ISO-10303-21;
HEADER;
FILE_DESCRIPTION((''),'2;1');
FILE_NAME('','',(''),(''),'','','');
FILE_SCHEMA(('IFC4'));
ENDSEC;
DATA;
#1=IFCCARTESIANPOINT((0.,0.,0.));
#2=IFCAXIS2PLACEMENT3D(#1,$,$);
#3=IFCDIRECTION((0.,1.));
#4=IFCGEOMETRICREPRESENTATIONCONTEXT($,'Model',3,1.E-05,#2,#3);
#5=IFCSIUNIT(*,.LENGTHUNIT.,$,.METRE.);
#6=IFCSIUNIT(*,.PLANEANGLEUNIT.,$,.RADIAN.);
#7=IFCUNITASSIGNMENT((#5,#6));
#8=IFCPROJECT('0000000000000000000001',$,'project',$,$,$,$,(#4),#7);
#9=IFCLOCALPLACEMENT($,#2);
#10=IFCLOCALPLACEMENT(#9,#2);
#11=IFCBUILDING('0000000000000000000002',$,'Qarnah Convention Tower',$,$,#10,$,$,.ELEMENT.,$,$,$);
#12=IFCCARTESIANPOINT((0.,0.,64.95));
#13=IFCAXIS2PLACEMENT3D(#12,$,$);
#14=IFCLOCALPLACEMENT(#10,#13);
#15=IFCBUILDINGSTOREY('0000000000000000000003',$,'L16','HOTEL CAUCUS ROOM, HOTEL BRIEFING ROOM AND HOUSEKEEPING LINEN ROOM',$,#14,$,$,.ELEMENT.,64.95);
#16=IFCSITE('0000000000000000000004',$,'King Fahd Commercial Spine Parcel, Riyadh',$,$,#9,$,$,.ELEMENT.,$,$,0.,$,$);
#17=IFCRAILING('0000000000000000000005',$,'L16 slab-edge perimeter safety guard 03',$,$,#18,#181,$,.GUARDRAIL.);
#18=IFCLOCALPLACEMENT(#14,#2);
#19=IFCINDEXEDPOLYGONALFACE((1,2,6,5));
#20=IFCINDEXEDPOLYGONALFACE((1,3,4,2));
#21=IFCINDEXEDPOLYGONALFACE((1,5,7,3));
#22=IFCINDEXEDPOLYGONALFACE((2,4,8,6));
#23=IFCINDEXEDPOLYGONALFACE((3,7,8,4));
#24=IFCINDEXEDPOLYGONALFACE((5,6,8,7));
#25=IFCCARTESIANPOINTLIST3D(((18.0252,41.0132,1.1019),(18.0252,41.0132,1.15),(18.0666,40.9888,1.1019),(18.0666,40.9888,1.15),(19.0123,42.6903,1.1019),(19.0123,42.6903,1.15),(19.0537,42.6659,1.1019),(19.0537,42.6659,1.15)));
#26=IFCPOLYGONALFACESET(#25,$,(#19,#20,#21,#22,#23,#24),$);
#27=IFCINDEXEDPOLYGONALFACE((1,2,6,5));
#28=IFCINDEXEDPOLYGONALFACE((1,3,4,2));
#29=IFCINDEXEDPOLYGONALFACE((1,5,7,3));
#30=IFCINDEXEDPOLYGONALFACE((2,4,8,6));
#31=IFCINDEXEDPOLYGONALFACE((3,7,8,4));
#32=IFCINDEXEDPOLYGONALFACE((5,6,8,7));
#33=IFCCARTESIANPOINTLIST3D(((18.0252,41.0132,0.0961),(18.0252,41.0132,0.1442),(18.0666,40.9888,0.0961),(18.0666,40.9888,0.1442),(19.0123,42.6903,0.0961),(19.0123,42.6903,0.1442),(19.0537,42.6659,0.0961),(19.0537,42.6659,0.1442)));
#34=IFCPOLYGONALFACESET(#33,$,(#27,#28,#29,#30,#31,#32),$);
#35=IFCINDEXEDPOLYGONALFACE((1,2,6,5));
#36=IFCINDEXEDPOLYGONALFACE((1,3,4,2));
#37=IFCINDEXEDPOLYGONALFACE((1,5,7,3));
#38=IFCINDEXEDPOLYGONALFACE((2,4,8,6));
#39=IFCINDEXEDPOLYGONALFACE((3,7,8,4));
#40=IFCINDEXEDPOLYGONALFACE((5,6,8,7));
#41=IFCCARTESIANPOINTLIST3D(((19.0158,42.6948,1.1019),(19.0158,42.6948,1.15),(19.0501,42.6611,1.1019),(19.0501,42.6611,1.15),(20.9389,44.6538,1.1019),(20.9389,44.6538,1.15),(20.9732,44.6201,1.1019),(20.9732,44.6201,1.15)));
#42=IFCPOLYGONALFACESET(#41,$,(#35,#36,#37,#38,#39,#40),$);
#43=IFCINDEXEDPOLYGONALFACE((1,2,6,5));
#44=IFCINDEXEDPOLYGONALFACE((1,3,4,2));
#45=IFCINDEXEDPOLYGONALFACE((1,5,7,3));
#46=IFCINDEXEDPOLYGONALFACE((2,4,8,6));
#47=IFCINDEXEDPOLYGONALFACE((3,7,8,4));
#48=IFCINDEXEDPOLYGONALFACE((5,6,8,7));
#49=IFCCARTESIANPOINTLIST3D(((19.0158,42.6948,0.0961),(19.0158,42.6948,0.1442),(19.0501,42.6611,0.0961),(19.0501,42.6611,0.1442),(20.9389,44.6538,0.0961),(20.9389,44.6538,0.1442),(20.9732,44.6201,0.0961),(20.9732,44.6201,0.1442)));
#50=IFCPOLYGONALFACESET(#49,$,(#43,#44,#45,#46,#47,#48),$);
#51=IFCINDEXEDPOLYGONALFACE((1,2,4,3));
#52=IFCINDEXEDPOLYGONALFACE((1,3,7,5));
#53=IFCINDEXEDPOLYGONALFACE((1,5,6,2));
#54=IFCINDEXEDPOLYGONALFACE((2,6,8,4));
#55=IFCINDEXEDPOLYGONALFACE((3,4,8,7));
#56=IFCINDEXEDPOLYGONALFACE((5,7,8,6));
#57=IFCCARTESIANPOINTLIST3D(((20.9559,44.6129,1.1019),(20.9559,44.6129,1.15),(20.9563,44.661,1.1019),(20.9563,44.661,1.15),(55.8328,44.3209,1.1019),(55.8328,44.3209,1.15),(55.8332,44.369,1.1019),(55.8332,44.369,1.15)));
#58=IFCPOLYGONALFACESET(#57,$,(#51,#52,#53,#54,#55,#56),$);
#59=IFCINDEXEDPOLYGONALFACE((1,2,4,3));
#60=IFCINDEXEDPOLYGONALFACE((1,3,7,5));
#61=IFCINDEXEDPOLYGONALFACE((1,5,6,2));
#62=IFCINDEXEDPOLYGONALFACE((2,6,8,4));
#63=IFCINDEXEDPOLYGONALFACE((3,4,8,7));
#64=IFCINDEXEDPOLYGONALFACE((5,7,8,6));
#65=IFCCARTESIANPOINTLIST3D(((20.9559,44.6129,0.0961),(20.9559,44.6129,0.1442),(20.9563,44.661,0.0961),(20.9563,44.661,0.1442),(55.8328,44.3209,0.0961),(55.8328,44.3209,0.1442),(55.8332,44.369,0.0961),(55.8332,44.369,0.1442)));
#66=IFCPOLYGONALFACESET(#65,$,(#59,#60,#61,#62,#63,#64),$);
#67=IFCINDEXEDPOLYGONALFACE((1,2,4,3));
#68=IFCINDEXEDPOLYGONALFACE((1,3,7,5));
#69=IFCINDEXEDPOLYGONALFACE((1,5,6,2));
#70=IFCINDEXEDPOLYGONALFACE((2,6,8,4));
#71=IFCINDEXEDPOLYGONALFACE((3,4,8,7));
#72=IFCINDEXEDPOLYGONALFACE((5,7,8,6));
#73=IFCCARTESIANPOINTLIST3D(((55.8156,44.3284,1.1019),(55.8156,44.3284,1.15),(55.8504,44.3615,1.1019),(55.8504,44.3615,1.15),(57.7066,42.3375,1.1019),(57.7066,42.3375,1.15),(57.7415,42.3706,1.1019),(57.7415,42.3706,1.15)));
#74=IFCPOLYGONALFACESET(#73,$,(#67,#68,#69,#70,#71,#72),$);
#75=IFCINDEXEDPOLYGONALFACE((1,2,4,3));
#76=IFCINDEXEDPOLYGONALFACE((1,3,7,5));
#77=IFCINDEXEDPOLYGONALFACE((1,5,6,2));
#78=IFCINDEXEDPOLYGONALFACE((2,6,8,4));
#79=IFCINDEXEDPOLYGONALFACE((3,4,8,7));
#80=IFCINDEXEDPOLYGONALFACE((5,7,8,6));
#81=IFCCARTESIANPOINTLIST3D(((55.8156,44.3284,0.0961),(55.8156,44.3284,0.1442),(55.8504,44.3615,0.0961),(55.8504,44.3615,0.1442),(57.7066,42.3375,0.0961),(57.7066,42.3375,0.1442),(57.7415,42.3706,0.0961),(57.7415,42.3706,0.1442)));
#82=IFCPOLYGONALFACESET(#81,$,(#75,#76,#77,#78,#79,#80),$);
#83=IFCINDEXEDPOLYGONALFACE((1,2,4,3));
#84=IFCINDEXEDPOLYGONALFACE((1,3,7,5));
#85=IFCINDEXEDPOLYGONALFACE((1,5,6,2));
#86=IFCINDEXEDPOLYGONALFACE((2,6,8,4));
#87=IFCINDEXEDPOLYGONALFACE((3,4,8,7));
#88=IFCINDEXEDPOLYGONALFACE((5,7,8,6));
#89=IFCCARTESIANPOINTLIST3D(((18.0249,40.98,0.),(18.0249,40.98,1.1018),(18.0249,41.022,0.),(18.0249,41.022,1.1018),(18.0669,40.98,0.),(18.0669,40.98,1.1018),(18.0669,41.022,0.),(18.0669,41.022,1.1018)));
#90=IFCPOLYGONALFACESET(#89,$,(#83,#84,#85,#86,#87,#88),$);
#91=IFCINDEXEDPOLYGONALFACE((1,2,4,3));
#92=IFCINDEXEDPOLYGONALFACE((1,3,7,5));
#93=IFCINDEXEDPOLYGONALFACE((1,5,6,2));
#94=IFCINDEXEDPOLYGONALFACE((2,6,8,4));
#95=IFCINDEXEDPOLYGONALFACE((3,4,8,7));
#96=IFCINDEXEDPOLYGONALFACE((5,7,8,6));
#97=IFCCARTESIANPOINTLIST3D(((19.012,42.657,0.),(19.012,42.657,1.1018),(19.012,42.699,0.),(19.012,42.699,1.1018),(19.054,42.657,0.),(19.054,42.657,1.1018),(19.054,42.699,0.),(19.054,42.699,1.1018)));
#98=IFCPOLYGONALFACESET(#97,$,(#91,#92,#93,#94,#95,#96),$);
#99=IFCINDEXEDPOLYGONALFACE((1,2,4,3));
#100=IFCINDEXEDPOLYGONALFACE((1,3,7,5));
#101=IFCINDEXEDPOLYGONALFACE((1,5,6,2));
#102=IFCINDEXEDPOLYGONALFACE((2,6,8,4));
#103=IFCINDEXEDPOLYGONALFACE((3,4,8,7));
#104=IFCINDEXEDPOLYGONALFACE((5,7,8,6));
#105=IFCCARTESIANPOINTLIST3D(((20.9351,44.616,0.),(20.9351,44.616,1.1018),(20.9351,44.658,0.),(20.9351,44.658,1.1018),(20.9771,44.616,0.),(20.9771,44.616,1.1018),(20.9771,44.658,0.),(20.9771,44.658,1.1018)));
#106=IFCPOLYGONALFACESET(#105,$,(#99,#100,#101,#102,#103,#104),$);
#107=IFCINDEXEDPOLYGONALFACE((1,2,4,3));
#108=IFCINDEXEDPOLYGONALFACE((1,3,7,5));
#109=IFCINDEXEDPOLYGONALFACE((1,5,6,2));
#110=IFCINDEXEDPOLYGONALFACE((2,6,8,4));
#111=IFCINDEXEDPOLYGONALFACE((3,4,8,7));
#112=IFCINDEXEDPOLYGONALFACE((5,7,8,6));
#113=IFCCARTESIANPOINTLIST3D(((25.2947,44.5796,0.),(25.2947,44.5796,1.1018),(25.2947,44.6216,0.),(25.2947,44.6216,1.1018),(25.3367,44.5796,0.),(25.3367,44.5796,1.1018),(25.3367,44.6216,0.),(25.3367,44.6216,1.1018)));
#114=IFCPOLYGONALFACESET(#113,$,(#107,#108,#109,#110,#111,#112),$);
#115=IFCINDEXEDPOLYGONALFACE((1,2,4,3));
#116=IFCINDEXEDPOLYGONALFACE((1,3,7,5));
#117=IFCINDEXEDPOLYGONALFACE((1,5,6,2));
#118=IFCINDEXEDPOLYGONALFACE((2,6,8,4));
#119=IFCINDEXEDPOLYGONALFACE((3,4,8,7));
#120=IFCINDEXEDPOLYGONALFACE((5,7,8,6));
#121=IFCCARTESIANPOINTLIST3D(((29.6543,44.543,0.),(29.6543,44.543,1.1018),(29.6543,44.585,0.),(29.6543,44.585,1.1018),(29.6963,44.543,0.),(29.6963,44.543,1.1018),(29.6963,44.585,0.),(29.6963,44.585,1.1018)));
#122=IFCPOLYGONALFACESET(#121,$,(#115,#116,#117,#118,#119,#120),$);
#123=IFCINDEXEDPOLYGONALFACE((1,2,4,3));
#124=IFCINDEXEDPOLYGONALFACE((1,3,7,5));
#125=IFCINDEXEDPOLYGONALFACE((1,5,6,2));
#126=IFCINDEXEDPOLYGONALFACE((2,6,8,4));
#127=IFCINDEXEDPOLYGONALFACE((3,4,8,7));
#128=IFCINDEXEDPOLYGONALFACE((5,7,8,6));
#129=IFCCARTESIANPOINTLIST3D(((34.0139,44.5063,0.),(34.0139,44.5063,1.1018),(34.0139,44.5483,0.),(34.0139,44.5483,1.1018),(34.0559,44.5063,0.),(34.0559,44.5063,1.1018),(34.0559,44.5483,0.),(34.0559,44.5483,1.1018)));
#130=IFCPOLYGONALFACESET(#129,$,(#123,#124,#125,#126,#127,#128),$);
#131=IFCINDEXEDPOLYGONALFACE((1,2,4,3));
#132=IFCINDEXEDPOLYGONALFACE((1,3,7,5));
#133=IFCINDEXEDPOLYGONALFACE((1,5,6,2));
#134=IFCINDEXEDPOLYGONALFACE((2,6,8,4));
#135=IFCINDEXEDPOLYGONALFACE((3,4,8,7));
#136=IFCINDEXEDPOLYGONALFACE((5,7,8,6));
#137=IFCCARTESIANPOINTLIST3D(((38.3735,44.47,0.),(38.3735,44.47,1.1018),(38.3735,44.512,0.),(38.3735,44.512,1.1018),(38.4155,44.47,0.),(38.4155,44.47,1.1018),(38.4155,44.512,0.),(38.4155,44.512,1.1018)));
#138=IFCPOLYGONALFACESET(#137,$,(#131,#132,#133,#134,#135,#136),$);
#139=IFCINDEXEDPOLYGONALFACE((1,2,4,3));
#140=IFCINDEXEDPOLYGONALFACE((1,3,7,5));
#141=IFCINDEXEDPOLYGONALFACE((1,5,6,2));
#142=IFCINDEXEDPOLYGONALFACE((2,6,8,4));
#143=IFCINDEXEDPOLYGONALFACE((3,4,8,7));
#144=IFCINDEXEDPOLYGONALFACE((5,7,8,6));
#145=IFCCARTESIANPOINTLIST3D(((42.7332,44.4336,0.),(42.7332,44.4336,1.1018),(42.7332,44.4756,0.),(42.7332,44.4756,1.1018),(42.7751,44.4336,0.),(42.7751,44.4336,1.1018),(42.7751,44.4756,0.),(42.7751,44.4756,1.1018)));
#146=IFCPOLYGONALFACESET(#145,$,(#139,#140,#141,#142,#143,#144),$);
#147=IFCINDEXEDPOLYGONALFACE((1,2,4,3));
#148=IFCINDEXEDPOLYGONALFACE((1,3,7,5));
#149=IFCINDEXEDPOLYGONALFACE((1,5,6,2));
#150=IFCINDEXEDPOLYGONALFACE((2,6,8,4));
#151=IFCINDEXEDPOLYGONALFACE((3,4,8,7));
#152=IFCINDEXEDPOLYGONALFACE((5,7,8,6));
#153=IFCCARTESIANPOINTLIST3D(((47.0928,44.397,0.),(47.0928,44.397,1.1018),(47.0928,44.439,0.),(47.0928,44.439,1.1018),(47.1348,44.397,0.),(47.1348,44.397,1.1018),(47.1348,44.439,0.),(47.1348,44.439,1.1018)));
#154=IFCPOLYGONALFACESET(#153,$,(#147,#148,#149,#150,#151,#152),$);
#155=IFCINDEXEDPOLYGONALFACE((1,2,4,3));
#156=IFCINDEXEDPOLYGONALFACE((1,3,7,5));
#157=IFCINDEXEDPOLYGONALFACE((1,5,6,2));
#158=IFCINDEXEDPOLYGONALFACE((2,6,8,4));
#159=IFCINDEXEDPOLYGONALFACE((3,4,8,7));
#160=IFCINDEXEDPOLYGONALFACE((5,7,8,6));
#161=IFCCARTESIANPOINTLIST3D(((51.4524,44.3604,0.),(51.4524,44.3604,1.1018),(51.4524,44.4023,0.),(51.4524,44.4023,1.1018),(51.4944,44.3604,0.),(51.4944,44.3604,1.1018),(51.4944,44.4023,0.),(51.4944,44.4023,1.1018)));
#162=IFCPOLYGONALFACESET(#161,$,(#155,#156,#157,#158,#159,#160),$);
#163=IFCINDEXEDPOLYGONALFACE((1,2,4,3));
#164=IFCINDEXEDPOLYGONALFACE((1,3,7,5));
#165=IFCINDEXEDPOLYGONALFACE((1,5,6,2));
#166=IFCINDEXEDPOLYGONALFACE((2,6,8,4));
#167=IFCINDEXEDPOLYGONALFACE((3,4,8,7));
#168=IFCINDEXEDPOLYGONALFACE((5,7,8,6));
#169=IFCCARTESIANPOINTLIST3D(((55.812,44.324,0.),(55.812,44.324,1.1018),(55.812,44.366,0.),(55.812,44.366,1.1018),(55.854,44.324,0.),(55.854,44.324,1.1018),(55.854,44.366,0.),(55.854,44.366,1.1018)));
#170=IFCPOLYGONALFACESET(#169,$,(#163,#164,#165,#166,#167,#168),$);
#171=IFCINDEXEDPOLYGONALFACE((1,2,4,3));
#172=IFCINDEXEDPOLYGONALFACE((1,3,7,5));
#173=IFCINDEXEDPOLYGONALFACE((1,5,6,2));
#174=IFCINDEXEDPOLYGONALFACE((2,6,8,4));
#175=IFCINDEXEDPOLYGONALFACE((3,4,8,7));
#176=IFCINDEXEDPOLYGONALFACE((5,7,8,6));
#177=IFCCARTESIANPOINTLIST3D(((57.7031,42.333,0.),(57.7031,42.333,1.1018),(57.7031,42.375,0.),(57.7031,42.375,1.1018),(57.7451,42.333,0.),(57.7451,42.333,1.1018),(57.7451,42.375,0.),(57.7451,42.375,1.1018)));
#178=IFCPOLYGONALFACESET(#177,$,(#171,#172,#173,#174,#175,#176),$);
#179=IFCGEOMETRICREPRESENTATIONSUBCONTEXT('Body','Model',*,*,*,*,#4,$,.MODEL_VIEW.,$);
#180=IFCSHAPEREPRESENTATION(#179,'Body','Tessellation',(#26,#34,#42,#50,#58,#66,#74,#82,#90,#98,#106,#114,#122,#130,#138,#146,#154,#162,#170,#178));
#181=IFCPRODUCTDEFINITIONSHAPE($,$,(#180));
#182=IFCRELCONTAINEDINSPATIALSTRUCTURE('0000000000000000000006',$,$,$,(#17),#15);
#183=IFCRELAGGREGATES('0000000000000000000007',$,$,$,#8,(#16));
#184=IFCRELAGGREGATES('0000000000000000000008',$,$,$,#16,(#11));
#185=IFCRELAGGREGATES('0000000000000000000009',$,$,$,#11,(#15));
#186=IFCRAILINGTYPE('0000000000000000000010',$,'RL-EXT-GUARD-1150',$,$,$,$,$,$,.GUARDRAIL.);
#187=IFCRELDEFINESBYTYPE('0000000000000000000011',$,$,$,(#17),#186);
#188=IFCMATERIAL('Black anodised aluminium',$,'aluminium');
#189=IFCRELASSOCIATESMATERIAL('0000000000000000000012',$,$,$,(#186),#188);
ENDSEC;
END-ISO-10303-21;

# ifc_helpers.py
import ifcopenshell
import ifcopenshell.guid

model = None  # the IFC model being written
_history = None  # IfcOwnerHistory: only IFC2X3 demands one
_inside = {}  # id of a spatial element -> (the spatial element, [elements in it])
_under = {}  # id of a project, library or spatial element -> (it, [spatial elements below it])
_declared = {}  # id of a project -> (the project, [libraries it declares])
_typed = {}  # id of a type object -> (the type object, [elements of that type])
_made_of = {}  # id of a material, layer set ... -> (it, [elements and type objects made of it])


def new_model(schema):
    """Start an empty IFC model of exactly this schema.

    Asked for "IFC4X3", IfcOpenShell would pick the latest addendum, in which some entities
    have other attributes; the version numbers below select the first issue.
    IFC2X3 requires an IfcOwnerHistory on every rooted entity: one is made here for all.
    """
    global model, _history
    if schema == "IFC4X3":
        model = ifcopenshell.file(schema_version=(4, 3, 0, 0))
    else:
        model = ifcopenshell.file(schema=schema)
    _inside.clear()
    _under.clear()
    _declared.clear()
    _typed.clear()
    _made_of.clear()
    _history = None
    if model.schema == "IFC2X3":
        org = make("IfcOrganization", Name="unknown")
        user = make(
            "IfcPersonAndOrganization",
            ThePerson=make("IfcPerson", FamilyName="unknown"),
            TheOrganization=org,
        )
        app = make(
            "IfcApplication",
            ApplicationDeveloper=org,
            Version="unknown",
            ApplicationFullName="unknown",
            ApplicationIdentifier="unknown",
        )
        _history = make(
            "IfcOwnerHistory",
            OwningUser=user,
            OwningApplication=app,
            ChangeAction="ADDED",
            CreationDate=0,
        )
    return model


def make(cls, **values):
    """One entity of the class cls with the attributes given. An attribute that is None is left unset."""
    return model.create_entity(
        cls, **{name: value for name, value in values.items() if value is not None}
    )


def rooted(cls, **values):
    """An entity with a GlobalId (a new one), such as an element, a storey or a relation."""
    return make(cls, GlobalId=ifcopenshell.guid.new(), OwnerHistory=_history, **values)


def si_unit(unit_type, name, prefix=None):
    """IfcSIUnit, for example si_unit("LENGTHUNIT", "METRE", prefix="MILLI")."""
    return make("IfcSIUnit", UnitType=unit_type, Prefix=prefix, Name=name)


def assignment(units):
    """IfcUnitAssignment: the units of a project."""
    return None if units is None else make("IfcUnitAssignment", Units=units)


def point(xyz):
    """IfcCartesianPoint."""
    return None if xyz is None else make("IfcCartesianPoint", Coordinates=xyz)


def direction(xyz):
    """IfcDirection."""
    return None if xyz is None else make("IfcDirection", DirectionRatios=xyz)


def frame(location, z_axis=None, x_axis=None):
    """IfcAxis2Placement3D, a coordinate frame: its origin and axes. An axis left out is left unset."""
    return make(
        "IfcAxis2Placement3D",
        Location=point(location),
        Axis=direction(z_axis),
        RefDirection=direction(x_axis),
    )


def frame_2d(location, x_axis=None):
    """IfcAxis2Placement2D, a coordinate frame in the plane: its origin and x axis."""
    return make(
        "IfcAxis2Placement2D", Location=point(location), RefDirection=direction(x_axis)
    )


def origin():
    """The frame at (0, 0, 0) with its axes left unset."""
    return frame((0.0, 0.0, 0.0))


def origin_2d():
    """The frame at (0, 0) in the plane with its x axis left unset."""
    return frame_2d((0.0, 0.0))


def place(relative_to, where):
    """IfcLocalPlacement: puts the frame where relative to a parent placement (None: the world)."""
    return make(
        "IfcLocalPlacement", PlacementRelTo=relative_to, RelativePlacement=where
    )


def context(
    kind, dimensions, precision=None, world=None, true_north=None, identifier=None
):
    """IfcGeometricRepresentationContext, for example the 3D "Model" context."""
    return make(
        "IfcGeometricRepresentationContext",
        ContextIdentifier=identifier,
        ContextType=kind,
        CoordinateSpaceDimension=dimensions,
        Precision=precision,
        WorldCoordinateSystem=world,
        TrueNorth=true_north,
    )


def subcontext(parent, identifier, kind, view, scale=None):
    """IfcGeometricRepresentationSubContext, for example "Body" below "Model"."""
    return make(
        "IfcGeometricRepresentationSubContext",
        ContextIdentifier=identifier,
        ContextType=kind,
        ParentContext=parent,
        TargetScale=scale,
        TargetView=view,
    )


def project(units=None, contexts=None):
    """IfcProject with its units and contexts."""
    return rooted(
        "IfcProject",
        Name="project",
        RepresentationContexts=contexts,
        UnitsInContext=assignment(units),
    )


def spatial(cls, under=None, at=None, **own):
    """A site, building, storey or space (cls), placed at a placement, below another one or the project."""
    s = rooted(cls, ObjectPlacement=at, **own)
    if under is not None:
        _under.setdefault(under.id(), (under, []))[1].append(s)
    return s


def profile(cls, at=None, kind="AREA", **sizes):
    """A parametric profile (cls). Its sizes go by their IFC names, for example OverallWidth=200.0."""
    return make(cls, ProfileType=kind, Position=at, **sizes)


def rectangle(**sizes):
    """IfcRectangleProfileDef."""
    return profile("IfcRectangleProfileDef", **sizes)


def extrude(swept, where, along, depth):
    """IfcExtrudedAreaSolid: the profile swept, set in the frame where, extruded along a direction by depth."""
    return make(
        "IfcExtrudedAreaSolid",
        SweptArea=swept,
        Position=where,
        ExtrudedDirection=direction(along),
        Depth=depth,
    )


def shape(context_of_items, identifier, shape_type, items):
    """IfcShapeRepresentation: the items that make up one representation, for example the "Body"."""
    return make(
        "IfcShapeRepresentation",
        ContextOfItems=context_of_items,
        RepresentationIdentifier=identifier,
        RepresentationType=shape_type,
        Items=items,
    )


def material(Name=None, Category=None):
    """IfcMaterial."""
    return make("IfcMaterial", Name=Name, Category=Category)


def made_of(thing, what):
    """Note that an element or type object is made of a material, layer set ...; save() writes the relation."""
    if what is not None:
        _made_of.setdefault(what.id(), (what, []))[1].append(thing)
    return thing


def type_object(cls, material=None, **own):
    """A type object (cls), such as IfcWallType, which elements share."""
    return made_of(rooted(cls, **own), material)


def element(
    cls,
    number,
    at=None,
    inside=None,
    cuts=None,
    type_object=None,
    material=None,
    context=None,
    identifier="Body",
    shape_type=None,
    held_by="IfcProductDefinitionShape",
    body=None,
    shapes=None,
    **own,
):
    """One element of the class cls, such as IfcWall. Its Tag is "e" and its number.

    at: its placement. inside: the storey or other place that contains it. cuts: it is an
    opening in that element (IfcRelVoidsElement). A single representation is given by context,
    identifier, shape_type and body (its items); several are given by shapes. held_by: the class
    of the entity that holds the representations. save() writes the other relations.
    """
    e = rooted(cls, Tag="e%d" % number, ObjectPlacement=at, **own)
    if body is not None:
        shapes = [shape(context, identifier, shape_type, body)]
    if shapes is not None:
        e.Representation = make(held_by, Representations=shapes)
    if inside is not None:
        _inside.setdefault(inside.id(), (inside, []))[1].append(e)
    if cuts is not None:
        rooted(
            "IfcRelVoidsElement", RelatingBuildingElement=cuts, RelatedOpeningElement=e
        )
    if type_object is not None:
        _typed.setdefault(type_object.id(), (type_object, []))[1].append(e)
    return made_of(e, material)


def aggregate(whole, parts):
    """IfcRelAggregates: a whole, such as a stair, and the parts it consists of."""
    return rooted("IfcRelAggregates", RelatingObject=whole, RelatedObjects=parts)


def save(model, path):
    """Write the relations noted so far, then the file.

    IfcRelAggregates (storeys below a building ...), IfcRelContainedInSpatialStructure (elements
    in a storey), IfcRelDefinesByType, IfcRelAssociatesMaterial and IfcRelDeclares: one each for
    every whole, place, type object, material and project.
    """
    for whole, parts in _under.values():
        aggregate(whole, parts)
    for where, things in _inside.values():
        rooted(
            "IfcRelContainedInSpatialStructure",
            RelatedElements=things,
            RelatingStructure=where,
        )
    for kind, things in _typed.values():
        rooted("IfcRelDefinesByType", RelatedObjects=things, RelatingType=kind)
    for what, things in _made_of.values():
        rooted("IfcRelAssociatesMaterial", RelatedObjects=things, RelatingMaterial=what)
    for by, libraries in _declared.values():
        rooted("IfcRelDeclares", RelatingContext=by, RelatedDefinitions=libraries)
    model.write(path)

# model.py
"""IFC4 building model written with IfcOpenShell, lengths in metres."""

from ifc_helpers import new_model, si_unit, direction, frame, origin, origin_2d, place, context, subcontext, project, spatial, rectangle, extrude, material, type_object, element, save


model = new_model("IFC4")

# Units and contexts
model_context = context("Model", 3, precision=1e-05, world=origin(), true_north=direction((0.0, 1.0)))
body_context = subcontext(model_context, "Body", "Model", "MODEL_VIEW")
ifc_project = project(units=[si_unit("LENGTHUNIT", "METRE"), si_unit("PLANEANGLEUNIT", "RADIAN")], contexts=[model_context])

# Site, building, storey
site_placement = place(None, origin())
site = spatial("IfcSite", under=ifc_project, at=site_placement, Name="King Fahd Commercial Spine Parcel, Riyadh", CompositionType="ELEMENT", RefElevation=0.0)
building_placement = place(site_placement, origin())
building = spatial("IfcBuilding", under=site, at=building_placement, Name="Qarnah Convention Tower", CompositionType="ELEMENT")
storey_placement = place(building_placement, frame((0.0, 0.0, 64.95)))
storey = spatial("IfcBuildingStorey", under=building, at=storey_placement, Name="L16", Description="HOTEL CAUCUS ROOM, HOTEL BRIEFING ROOM AND HOUSEKEEPING LINEN ROOM", CompositionType="ELEMENT", Elevation=64.95)

# Shared definitions
ifc_material_1 = material(Name="Black anodised aluminium", Category="aluminium")

# Railing
railing_type = type_object("IfcRailingType", Name="RL-EXT-GUARD-1150", PredefinedType="GUARDRAIL", material=ifc_material_1)
railing_1_placement = place(storey_placement, frame((18.0459, 41.001, 0.0)))
element("IfcRailing", 1, at=railing_1_placement, inside=storey, type_object=railing_type, Name="L16 slab-edge perimeter safety guard 03", PredefinedType="GUARDRAIL", context=body_context, shape_type="SweptSolid", body=[
    extrude(rectangle(XDim=0.0481, YDim=0.0481, at=origin_2d()), frame((0.0, 0.0, 1.126), z_axis=(0.507245, 0.861802, 0.0), x_axis=(-0.861802, 0.507245, 0.0)), (0.0, 0.0, 1.0), 1.946),
    extrude(rectangle(XDim=0.0481, YDim=0.0481, at=origin_2d()), frame((0.0, 0.0, 0.1201), z_axis=(0.507245, 0.861802, 0.0), x_axis=(-0.861802, 0.507245, 0.0)), (0.0, 0.0, 1.0), 1.946),
    extrude(rectangle(XDim=0.0481, YDim=0.0481, at=origin_2d()), frame((0.9871, 1.677, 1.126), z_axis=(0.70054, 0.713613, 0.0), x_axis=(-0.713613, 0.70054, 0.0)), (0.0, 0.0, 1.0), 2.7451),
    extrude(rectangle(XDim=0.0481, YDim=0.0481, at=origin_2d()), frame((0.9871, 1.677, 0.1201), z_axis=(0.70054, 0.713613, 0.0), x_axis=(-0.713613, 0.70054, 0.0)), (0.0, 0.0, 1.0), 2.7451),
    extrude(rectangle(XDim=0.0481, YDim=0.0481, at=origin_2d()), frame((2.9102, 3.636, 1.126), z_axis=(0.999965, -0.008372, 0.0), x_axis=(0.008372, 0.999965, 0.0)), (0.0, 0.0, 1.0), 34.8782),
    extrude(rectangle(XDim=0.0481, YDim=0.0481, at=origin_2d()), frame((2.9102, 3.636, 0.1201), z_axis=(0.999965, -0.008372, 0.0), x_axis=(0.008372, 0.999965, 0.0)), (0.0, 0.0, 1.0), 34.8782),
    extrude(rectangle(XDim=0.0481, YDim=0.0481, at=origin_2d()), frame((37.7871, 3.344, 1.126), z_axis=(0.688691, -0.725055, 0.0), x_axis=(0.725055, 0.688691, 0.0)), (0.0, 0.0, 1.0), 2.7458),
    extrude(rectangle(XDim=0.0481, YDim=0.0481, at=origin_2d()), frame((37.7871, 3.344, 0.1201), z_axis=(0.688691, -0.725055, 0.0), x_axis=(0.725055, 0.688691, 0.0)), (0.0, 0.0, 1.0), 2.7458),
    extrude(rectangle(XDim=0.042, YDim=0.042, at=origin_2d()), origin(), (0.0, 0.0, 1.0), 1.1018),
    extrude(rectangle(XDim=0.042, YDim=0.042, at=origin_2d()), frame((0.9871, 1.677, 0.0)), (0.0, 0.0, 1.0), 1.1018),
    extrude(rectangle(XDim=0.042, YDim=0.042, at=origin_2d()), frame((2.9102, 3.636, 0.0)), (0.0, 0.0, 1.0), 1.1018),
    extrude(rectangle(XDim=0.042, YDim=0.042, at=origin_2d()), frame((7.2698, 3.5996, 0.0)), (0.0, 0.0, 1.0), 1.1018),
    extrude(rectangle(XDim=0.042, YDim=0.042, at=origin_2d()), frame((11.6294, 3.563, 0.0)), (0.0, 0.0, 1.0), 1.1018),
    extrude(rectangle(XDim=0.042, YDim=0.042, at=origin_2d()), frame((15.989, 3.5264, 0.0)), (0.0, 0.0, 1.0), 1.1018),
    extrude(rectangle(XDim=0.042, YDim=0.042, at=origin_2d()), frame((20.3486, 3.49, 0.0)), (0.0, 0.0, 1.0), 1.1018),
    extrude(rectangle(XDim=0.042, YDim=0.042, at=origin_2d()), frame((24.7083, 3.4536, 0.0)), (0.0, 0.0, 1.0), 1.1018),
    extrude(rectangle(XDim=0.042, YDim=0.042, at=origin_2d()), frame((29.0679, 3.417, 0.0)), (0.0, 0.0, 1.0), 1.1018),
    extrude(rectangle(XDim=0.042, YDim=0.042, at=origin_2d()), frame((33.4275, 3.3804, 0.0)), (0.0, 0.0, 1.0), 1.1018),
    extrude(rectangle(XDim=0.042, YDim=0.042, at=origin_2d()), frame((37.7871, 3.344, 0.0)), (0.0, 0.0, 1.0), 1.1018),
    extrude(rectangle(XDim=0.042, YDim=0.042, at=origin_2d()), frame((39.6782, 1.353, 0.0)), (0.0, 0.0, 1.0), 1.1018),
])

save(model, "model.ifc")
